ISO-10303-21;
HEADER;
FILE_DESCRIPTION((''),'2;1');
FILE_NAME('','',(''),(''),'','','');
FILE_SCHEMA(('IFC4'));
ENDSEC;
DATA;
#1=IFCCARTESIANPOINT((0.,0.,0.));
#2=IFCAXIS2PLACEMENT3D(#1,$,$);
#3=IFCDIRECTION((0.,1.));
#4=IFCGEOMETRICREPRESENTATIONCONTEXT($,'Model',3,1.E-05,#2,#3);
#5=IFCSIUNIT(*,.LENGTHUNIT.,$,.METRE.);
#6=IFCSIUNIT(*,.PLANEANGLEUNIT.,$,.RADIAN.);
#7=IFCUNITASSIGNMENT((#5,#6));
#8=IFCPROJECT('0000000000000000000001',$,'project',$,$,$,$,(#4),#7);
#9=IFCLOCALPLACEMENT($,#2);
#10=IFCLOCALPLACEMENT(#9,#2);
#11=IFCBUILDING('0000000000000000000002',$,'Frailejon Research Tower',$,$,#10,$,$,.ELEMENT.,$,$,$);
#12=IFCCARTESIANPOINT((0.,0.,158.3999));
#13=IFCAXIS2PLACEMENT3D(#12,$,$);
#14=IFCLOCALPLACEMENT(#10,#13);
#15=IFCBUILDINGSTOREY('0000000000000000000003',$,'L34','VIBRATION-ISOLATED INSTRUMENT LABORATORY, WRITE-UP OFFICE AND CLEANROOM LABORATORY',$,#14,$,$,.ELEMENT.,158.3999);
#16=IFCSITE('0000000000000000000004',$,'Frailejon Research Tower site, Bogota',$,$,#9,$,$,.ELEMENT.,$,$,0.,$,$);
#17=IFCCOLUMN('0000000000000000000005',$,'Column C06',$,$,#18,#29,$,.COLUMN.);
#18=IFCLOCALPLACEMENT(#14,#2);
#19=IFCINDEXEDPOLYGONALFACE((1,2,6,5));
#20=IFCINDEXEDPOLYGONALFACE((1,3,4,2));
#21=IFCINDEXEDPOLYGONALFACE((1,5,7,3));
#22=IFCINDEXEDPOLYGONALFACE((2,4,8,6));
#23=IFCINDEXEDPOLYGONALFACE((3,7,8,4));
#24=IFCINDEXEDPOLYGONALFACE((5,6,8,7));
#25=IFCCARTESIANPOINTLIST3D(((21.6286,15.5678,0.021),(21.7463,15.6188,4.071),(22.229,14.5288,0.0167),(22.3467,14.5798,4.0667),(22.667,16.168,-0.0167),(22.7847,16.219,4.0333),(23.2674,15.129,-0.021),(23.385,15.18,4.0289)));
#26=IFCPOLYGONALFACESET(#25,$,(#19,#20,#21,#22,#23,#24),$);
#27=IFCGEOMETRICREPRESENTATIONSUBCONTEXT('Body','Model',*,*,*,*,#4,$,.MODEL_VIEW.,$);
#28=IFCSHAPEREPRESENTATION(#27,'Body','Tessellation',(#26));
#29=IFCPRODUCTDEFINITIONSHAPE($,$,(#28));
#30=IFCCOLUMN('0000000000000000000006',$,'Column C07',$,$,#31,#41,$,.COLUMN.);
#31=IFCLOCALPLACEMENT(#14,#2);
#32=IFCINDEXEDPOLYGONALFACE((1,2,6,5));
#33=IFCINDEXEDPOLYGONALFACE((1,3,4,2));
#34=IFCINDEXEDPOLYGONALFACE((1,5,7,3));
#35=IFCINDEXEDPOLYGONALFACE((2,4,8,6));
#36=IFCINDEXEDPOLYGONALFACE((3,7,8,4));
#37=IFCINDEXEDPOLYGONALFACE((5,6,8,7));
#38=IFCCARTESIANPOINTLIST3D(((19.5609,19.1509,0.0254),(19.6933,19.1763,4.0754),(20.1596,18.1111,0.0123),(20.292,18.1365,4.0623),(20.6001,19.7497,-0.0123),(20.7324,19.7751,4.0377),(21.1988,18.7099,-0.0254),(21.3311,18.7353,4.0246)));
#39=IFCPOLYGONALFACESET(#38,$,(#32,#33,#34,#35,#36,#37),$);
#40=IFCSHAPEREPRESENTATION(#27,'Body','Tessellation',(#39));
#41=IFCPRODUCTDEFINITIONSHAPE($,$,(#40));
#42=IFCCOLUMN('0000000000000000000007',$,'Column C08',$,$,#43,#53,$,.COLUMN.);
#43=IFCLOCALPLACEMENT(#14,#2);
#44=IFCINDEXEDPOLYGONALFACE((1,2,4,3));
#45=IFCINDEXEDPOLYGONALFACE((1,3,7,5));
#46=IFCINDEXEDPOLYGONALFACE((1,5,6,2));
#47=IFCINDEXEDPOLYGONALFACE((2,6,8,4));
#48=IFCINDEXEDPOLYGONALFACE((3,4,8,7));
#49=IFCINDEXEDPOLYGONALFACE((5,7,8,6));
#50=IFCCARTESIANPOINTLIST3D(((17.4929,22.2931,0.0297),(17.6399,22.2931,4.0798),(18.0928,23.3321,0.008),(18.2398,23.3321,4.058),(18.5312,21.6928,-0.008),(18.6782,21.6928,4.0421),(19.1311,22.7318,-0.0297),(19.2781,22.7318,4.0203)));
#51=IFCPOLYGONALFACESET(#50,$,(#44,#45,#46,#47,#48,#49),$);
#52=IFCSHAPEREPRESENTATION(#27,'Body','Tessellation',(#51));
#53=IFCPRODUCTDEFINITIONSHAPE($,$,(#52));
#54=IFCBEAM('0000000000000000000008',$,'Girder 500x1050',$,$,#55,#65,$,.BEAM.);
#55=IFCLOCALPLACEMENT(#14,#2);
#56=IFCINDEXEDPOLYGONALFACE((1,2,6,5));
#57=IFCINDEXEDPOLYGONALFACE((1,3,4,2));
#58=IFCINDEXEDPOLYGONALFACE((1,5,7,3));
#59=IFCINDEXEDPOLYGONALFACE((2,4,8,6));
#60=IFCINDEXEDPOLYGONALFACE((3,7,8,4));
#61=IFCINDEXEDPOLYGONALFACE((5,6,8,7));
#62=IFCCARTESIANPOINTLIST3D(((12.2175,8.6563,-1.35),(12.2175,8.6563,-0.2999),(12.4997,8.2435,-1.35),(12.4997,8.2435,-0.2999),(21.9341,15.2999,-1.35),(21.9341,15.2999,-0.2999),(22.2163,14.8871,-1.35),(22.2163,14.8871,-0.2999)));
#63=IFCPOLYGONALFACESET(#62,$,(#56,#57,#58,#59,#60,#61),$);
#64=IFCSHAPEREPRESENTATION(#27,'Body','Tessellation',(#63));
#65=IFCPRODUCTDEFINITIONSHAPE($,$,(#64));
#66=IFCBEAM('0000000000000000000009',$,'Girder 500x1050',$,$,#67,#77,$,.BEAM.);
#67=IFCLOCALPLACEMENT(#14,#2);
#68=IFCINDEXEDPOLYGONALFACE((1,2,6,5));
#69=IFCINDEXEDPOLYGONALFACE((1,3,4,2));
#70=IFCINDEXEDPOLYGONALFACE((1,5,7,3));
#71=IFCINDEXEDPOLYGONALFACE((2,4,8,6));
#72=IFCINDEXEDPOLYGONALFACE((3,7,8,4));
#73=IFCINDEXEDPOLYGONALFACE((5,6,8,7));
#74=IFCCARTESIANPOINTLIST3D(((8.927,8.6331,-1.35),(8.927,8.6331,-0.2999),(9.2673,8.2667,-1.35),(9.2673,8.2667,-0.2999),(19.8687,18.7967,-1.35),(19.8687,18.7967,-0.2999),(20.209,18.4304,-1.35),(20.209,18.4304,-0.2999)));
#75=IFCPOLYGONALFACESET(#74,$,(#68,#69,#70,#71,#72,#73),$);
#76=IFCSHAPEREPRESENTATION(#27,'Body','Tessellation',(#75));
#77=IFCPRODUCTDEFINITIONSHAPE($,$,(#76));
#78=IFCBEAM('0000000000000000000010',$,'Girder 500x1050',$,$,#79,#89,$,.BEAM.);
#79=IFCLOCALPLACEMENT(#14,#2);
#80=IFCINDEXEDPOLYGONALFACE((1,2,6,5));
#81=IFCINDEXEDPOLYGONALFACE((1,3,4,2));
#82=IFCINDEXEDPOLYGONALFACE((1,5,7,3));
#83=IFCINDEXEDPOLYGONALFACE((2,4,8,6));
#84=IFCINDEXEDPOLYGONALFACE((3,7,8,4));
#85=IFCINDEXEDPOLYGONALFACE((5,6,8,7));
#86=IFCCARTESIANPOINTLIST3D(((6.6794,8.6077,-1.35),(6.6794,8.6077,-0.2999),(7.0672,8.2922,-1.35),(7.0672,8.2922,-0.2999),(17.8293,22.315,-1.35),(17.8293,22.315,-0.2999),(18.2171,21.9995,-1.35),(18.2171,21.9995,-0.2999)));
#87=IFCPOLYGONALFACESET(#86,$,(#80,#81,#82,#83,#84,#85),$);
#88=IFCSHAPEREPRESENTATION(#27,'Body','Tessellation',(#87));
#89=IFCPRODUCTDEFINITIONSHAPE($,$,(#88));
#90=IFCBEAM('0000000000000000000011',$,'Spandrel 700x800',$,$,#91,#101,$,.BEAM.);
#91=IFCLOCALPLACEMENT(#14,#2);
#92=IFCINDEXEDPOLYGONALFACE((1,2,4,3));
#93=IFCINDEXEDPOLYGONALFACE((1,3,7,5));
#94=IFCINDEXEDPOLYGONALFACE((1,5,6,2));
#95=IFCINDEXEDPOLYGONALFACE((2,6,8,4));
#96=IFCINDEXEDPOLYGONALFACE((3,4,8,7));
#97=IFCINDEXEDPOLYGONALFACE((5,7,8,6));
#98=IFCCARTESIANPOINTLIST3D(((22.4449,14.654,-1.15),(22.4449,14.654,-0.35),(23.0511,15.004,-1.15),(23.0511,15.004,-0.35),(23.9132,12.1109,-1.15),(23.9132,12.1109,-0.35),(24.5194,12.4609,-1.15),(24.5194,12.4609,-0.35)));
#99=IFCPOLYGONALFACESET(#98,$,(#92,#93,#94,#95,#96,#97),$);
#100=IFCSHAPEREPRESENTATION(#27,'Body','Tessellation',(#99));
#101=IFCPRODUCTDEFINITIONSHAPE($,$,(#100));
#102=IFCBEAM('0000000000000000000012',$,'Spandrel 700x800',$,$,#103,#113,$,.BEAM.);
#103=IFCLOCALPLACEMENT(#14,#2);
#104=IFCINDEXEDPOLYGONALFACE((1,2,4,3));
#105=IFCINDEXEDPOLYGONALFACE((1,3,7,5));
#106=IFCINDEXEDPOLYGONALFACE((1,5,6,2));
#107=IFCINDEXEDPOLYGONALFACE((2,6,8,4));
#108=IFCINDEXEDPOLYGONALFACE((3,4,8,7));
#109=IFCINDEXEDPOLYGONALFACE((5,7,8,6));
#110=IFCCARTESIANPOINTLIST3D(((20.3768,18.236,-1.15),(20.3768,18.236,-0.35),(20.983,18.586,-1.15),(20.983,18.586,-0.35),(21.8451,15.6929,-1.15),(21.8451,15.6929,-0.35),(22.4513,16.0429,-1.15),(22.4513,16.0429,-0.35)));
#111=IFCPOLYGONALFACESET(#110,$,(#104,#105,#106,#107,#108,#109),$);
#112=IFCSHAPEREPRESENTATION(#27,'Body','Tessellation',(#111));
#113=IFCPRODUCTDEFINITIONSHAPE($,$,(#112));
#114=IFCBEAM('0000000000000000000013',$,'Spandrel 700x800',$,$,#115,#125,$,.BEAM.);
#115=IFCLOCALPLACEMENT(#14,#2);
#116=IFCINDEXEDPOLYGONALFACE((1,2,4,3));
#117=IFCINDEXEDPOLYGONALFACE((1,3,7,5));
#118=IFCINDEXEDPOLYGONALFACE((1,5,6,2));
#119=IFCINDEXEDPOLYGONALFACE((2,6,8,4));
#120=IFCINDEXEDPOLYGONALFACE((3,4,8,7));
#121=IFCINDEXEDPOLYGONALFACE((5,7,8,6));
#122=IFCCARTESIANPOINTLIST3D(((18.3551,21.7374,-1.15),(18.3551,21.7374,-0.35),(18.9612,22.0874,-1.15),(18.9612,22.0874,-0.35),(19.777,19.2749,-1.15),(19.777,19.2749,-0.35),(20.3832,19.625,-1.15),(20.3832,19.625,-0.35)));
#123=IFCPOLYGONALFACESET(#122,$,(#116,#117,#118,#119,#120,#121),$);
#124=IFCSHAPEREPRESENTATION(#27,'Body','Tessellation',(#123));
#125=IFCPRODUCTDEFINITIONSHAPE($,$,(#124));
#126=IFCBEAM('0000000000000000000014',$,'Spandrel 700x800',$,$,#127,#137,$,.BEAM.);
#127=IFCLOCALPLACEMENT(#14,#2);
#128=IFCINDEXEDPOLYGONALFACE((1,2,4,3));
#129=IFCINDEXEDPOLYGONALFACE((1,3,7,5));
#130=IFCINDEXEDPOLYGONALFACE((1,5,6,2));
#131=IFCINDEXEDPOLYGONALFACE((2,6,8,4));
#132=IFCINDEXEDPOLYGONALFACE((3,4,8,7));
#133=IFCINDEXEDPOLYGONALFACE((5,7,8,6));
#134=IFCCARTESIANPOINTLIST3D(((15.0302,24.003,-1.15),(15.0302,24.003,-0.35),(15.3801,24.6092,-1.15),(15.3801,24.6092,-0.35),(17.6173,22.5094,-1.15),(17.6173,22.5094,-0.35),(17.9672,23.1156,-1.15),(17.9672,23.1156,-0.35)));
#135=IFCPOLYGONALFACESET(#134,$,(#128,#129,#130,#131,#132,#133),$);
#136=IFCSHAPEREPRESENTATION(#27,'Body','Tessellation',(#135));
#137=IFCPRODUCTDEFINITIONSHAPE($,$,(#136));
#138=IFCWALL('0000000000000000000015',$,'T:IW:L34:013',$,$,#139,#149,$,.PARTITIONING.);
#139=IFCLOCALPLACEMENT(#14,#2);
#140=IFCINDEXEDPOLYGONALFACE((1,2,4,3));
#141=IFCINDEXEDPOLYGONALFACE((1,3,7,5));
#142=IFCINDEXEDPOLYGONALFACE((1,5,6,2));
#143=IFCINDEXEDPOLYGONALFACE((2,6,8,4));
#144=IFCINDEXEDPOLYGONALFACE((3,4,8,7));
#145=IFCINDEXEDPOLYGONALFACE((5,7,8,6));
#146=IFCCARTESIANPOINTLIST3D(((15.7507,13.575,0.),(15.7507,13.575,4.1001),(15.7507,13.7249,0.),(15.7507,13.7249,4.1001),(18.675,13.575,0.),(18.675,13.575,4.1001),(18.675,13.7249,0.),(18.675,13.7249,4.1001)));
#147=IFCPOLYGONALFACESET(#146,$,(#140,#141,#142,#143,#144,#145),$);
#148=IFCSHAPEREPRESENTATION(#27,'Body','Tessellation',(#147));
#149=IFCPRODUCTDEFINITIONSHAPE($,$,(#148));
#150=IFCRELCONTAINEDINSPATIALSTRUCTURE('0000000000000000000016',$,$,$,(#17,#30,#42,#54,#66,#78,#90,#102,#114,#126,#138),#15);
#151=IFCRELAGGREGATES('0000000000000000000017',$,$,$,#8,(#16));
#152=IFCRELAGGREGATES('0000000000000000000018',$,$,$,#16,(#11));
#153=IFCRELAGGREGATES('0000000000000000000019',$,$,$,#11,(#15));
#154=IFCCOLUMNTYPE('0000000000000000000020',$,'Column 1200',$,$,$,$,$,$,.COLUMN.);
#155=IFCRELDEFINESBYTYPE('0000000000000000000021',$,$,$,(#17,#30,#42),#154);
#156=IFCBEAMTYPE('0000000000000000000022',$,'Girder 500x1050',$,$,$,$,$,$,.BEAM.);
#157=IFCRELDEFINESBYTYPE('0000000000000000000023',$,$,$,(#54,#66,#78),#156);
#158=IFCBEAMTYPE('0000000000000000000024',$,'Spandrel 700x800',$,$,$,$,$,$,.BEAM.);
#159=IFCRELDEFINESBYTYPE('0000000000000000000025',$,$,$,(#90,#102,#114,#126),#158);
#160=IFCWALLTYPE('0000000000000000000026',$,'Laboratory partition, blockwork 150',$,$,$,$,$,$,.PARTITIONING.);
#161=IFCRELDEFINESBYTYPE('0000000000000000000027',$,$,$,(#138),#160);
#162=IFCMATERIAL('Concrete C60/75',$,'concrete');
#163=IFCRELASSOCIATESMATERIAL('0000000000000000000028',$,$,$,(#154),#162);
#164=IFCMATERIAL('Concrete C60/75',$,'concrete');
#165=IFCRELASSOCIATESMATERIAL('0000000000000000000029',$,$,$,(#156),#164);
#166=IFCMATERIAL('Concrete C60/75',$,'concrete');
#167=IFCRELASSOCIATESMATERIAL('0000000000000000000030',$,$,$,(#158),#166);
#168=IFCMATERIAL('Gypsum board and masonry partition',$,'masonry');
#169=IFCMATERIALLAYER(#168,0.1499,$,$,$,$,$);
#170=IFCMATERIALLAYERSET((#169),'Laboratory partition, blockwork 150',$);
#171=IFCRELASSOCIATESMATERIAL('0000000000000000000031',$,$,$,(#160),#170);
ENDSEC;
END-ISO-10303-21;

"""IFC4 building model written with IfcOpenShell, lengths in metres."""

from ifc_helpers import new_model, si_unit, direction, frame, frame_2d, origin, origin_2d, place, context, subcontext, project, spatial, rectangle, extrude, material, layer, layer_set, material_profile, profile_set, type_object, element, save


model = new_model("IFC4")

# Units and contexts
model_context = context("Model", 3, precision=1e-05, world=origin(), true_north=direction((0.0, 1.0)))
body_context = subcontext(model_context, "Body", "Model", "MODEL_VIEW")
ifc_project = project(units=[si_unit("LENGTHUNIT", "METRE"), si_unit("PLANEANGLEUNIT", "RADIAN")], contexts=[model_context])

# Site, building, storey
site_placement = place(None, origin())
site = spatial("IfcSite", under=ifc_project, at=site_placement, Name="Frailejon Research Tower site, Bogota", CompositionType="ELEMENT", RefElevation=0.0)
building_placement = place(site_placement, origin())
building = spatial("IfcBuilding", under=site, at=building_placement, Name="Frailejon Research Tower", CompositionType="ELEMENT")
storey_placement = place(building_placement, frame((0.0, 0.0, 158.3999)))
storey = spatial("IfcBuildingStorey", under=building, at=storey_placement, Name="L34", Description="VIBRATION-ISOLATED INSTRUMENT LABORATORY, WRITE-UP OFFICE AND CLEANROOM LABORATORY", CompositionType="ELEMENT", Elevation=158.3999)

# Columns
ifc_material_1 = material(Name="Concrete C60/75", Category="concrete")
ifc_material_profile_1 = material_profile(ifc_material_1, rectangle(XDim=1.2, YDim=1.2, at=origin_2d()), Name="Column 1200")
ifc_profile_set_1 = profile_set([ifc_material_profile_1], Name="Concrete C60/75")
column_type = type_object("IfcColumnType", Name="Column 1200", PredefinedType="COLUMN", material=ifc_profile_set_1)
column_1_placement = place(storey_placement, frame((22.448, 15.3484, 0.0), z_axis=(0.029041, 0.012592, 0.999499), x_axis=(-0.500309, 0.865839, 0.003628)))
element("IfcColumn", 1, at=column_1_placement, inside=storey, type_object=column_type, Name="Column C06", PredefinedType="COLUMN", context=body_context, shape_type="SweptSolid", body=[
    extrude(rectangle(XDim=1.2, YDim=1.2, at=origin_2d()), origin(), (0.0, 0.0, 1.0), 4.052),
])
column_2_placement = place(storey_placement, frame((20.3799, 18.9304, 0.0), z_axis=(0.032654, 0.006266, 0.999447), x_axis=(-0.498938, 0.86657, 0.010869)))
element("IfcColumn", 2, at=column_2_placement, inside=storey, type_object=column_type, Name="Column C07", PredefinedType="COLUMN", context=body_context, shape_type="SweptSolid", body=[
    extrude(rectangle(XDim=1.2, YDim=1.2, at=origin_2d()), origin(), (0.0, 0.0, 1.0), 4.0522),
])
column_3_placement = place(storey_placement, frame((18.312, 22.5125, 0.0), z_axis=(0.036265, 0.0, 0.999342), x_axis=(-0.865314, 0.500246, 0.031401)))
element("IfcColumn", 3, at=column_3_placement, inside=storey, type_object=column_type, Name="Column C08", PredefinedType="COLUMN", context=body_context, shape_type="SweptSolid", body=[
    extrude(rectangle(XDim=1.2, YDim=1.2, at=origin_2d()), origin(), (0.0, 0.0, 1.0), 4.0527),
])

# Beams
ifc_material_2 = material(Name="Concrete C60/75", Category="concrete")
ifc_material_profile_2 = material_profile(ifc_material_2, rectangle(XDim=0.5, YDim=1.05, at=origin_2d()), Name="Girder 500x1050")
ifc_profile_set_2 = profile_set([ifc_material_profile_2], Name="Concrete C60/75")
beam_type_1 = type_object("IfcBeamType", Name="Girder 500x1050", PredefinedType="BEAM", material=ifc_profile_set_2)
beam_1_placement = place(storey_placement, frame((22.0752, 15.0935, -0.825), z_axis=(-0.82549, -0.564417, 0.0), x_axis=(0.564417, -0.82549, 0.0)))
element("IfcBeam", 4, at=beam_1_placement, inside=storey, type_object=beam_type_1, Name="Girder 500x1050", PredefinedType="BEAM", context=body_context, shape_type="SweptSolid", body=[
    extrude(rectangle(XDim=0.5, YDim=1.05, at=origin_2d()), origin(), (0.0, 0.0, 1.0), 11.7708),
])
beam_2_placement = place(storey_placement, frame((20.0388, 18.6135, -0.825), z_axis=(-0.732678, -0.680576, 0.0), x_axis=(0.680576, -0.732678, 0.0)))
element("IfcBeam", 5, at=beam_2_placement, inside=storey, type_object=beam_type_1, Name="Girder 500x1050", PredefinedType="BEAM", context=body_context, shape_type="SweptSolid", body=[
    extrude(rectangle(XDim=0.5, YDim=1.05, at=origin_2d()), origin(), (0.0, 0.0, 1.0), 14.9338),
])
beam_3_placement = place(storey_placement, frame((18.0232, 22.1572, -0.825), z_axis=(-0.631027, -0.775761, 0.0), x_axis=(0.775761, -0.631027, 0.0)))
element("IfcBeam", 6, at=beam_3_placement, inside=storey, type_object=beam_type_1, Name="Girder 500x1050", PredefinedType="BEAM", context=body_context, shape_type="SweptSolid", body=[
    extrude(rectangle(XDim=0.5, YDim=1.05, at=origin_2d()), origin(), (0.0, 0.0, 1.0), 17.6694),
])
ifc_material_3 = material(Name="Concrete C60/75", Category="concrete")
ifc_material_profile_3 = material_profile(ifc_material_3, rectangle(XDim=0.7, YDim=0.8, at=origin_2d()), Name="Spandrel 700x800")
ifc_profile_set_3 = profile_set([ifc_material_profile_3], Name="Concrete C60/75")
beam_type_2 = type_object("IfcBeamType", Name="Spandrel 700x800", PredefinedType="BEAM", material=ifc_profile_set_3)
for number, where, z_axis, x_axis, name in (
    (7, (24.2163, 12.2859, -0.75), (-0.50002, 0.866014, 0.0), (-0.866014, -0.50002, 0.0), "Spandrel 700x800"),
    (8, (22.1482, 15.8679, -0.75), (-0.50002, 0.866014, 0.0), (-0.866014, -0.50002, 0.0), "Spandrel 700x800"),
):
    element("IfcBeam", number, at=place(storey_placement, frame(where, z_axis=z_axis, x_axis=x_axis)), inside=storey, type_object=beam_type_2, Name=name, PredefinedType="BEAM", context=body_context, shape_type="SweptSolid", body=[
        extrude(rectangle(XDim=0.7, YDim=0.8, at=origin_2d()), origin(), (0.0, 0.0, 1.0), 2.9365),
    ])
beam_4_placement = place(storey_placement, frame((20.0801, 19.45, -0.75), z_axis=(-0.500054, 0.865994, 0.0), x_axis=(-0.865994, -0.500054, 0.0)))
element("IfcBeam", 9, at=beam_4_placement, inside=storey, type_object=beam_type_2, Name="Spandrel 700x800", PredefinedType="BEAM", context=body_context, shape_type="SweptSolid", body=[
    extrude(rectangle(XDim=0.7, YDim=0.8, at=origin_2d()), origin(), (0.0, 0.0, 1.0), 2.8435),
])
beam_5_placement = place(storey_placement, frame((17.7922, 22.8125, -0.75), z_axis=(-0.866032, 0.499989, 0.0), x_axis=(-0.499989, -0.866032, 0.0)))
element("IfcBeam", 10, at=beam_5_placement, inside=storey, type_object=beam_type_2, Name="Spandrel 700x800", PredefinedType="BEAM", context=body_context, shape_type="SweptSolid", body=[
    extrude(rectangle(XDim=0.7, YDim=0.8, at=origin_2d()), origin(), (0.0, 0.0, 1.0), 2.9873),
])

# Wall
ifc_material_4 = material(Name="Gypsum board and masonry partition", Category="masonry")
ifc_layer_1 = layer(ifc_material_4, 0.1499)
ifc_layer_set_1 = layer_set([ifc_layer_1], Name="Laboratory partition, blockwork 150")
wall_type_1 = type_object("IfcWallType", Name="Laboratory partition, blockwork 150", PredefinedType="PARTITIONING", material=ifc_layer_set_1)
wall_1_placement = place(storey_placement, frame((15.7507, 13.6499, 0.0), z_axis=(0.0, 0.0, 1.0), x_axis=(1.0, 0.0, 0.0)))
element("IfcWall", 11, at=wall_1_placement, inside=storey, type_object=wall_type_1, Name="T:IW:L34:013", PredefinedType="PARTITIONING", context=body_context, shape_type="SweptSolid", body=[
    extrude(rectangle(XDim=2.9243, YDim=0.1499, at=frame_2d((1.4622, 0.0))), origin(), (0.0, 0.0, 1.0), 4.1001),
])

save(model, "model.ifc")
